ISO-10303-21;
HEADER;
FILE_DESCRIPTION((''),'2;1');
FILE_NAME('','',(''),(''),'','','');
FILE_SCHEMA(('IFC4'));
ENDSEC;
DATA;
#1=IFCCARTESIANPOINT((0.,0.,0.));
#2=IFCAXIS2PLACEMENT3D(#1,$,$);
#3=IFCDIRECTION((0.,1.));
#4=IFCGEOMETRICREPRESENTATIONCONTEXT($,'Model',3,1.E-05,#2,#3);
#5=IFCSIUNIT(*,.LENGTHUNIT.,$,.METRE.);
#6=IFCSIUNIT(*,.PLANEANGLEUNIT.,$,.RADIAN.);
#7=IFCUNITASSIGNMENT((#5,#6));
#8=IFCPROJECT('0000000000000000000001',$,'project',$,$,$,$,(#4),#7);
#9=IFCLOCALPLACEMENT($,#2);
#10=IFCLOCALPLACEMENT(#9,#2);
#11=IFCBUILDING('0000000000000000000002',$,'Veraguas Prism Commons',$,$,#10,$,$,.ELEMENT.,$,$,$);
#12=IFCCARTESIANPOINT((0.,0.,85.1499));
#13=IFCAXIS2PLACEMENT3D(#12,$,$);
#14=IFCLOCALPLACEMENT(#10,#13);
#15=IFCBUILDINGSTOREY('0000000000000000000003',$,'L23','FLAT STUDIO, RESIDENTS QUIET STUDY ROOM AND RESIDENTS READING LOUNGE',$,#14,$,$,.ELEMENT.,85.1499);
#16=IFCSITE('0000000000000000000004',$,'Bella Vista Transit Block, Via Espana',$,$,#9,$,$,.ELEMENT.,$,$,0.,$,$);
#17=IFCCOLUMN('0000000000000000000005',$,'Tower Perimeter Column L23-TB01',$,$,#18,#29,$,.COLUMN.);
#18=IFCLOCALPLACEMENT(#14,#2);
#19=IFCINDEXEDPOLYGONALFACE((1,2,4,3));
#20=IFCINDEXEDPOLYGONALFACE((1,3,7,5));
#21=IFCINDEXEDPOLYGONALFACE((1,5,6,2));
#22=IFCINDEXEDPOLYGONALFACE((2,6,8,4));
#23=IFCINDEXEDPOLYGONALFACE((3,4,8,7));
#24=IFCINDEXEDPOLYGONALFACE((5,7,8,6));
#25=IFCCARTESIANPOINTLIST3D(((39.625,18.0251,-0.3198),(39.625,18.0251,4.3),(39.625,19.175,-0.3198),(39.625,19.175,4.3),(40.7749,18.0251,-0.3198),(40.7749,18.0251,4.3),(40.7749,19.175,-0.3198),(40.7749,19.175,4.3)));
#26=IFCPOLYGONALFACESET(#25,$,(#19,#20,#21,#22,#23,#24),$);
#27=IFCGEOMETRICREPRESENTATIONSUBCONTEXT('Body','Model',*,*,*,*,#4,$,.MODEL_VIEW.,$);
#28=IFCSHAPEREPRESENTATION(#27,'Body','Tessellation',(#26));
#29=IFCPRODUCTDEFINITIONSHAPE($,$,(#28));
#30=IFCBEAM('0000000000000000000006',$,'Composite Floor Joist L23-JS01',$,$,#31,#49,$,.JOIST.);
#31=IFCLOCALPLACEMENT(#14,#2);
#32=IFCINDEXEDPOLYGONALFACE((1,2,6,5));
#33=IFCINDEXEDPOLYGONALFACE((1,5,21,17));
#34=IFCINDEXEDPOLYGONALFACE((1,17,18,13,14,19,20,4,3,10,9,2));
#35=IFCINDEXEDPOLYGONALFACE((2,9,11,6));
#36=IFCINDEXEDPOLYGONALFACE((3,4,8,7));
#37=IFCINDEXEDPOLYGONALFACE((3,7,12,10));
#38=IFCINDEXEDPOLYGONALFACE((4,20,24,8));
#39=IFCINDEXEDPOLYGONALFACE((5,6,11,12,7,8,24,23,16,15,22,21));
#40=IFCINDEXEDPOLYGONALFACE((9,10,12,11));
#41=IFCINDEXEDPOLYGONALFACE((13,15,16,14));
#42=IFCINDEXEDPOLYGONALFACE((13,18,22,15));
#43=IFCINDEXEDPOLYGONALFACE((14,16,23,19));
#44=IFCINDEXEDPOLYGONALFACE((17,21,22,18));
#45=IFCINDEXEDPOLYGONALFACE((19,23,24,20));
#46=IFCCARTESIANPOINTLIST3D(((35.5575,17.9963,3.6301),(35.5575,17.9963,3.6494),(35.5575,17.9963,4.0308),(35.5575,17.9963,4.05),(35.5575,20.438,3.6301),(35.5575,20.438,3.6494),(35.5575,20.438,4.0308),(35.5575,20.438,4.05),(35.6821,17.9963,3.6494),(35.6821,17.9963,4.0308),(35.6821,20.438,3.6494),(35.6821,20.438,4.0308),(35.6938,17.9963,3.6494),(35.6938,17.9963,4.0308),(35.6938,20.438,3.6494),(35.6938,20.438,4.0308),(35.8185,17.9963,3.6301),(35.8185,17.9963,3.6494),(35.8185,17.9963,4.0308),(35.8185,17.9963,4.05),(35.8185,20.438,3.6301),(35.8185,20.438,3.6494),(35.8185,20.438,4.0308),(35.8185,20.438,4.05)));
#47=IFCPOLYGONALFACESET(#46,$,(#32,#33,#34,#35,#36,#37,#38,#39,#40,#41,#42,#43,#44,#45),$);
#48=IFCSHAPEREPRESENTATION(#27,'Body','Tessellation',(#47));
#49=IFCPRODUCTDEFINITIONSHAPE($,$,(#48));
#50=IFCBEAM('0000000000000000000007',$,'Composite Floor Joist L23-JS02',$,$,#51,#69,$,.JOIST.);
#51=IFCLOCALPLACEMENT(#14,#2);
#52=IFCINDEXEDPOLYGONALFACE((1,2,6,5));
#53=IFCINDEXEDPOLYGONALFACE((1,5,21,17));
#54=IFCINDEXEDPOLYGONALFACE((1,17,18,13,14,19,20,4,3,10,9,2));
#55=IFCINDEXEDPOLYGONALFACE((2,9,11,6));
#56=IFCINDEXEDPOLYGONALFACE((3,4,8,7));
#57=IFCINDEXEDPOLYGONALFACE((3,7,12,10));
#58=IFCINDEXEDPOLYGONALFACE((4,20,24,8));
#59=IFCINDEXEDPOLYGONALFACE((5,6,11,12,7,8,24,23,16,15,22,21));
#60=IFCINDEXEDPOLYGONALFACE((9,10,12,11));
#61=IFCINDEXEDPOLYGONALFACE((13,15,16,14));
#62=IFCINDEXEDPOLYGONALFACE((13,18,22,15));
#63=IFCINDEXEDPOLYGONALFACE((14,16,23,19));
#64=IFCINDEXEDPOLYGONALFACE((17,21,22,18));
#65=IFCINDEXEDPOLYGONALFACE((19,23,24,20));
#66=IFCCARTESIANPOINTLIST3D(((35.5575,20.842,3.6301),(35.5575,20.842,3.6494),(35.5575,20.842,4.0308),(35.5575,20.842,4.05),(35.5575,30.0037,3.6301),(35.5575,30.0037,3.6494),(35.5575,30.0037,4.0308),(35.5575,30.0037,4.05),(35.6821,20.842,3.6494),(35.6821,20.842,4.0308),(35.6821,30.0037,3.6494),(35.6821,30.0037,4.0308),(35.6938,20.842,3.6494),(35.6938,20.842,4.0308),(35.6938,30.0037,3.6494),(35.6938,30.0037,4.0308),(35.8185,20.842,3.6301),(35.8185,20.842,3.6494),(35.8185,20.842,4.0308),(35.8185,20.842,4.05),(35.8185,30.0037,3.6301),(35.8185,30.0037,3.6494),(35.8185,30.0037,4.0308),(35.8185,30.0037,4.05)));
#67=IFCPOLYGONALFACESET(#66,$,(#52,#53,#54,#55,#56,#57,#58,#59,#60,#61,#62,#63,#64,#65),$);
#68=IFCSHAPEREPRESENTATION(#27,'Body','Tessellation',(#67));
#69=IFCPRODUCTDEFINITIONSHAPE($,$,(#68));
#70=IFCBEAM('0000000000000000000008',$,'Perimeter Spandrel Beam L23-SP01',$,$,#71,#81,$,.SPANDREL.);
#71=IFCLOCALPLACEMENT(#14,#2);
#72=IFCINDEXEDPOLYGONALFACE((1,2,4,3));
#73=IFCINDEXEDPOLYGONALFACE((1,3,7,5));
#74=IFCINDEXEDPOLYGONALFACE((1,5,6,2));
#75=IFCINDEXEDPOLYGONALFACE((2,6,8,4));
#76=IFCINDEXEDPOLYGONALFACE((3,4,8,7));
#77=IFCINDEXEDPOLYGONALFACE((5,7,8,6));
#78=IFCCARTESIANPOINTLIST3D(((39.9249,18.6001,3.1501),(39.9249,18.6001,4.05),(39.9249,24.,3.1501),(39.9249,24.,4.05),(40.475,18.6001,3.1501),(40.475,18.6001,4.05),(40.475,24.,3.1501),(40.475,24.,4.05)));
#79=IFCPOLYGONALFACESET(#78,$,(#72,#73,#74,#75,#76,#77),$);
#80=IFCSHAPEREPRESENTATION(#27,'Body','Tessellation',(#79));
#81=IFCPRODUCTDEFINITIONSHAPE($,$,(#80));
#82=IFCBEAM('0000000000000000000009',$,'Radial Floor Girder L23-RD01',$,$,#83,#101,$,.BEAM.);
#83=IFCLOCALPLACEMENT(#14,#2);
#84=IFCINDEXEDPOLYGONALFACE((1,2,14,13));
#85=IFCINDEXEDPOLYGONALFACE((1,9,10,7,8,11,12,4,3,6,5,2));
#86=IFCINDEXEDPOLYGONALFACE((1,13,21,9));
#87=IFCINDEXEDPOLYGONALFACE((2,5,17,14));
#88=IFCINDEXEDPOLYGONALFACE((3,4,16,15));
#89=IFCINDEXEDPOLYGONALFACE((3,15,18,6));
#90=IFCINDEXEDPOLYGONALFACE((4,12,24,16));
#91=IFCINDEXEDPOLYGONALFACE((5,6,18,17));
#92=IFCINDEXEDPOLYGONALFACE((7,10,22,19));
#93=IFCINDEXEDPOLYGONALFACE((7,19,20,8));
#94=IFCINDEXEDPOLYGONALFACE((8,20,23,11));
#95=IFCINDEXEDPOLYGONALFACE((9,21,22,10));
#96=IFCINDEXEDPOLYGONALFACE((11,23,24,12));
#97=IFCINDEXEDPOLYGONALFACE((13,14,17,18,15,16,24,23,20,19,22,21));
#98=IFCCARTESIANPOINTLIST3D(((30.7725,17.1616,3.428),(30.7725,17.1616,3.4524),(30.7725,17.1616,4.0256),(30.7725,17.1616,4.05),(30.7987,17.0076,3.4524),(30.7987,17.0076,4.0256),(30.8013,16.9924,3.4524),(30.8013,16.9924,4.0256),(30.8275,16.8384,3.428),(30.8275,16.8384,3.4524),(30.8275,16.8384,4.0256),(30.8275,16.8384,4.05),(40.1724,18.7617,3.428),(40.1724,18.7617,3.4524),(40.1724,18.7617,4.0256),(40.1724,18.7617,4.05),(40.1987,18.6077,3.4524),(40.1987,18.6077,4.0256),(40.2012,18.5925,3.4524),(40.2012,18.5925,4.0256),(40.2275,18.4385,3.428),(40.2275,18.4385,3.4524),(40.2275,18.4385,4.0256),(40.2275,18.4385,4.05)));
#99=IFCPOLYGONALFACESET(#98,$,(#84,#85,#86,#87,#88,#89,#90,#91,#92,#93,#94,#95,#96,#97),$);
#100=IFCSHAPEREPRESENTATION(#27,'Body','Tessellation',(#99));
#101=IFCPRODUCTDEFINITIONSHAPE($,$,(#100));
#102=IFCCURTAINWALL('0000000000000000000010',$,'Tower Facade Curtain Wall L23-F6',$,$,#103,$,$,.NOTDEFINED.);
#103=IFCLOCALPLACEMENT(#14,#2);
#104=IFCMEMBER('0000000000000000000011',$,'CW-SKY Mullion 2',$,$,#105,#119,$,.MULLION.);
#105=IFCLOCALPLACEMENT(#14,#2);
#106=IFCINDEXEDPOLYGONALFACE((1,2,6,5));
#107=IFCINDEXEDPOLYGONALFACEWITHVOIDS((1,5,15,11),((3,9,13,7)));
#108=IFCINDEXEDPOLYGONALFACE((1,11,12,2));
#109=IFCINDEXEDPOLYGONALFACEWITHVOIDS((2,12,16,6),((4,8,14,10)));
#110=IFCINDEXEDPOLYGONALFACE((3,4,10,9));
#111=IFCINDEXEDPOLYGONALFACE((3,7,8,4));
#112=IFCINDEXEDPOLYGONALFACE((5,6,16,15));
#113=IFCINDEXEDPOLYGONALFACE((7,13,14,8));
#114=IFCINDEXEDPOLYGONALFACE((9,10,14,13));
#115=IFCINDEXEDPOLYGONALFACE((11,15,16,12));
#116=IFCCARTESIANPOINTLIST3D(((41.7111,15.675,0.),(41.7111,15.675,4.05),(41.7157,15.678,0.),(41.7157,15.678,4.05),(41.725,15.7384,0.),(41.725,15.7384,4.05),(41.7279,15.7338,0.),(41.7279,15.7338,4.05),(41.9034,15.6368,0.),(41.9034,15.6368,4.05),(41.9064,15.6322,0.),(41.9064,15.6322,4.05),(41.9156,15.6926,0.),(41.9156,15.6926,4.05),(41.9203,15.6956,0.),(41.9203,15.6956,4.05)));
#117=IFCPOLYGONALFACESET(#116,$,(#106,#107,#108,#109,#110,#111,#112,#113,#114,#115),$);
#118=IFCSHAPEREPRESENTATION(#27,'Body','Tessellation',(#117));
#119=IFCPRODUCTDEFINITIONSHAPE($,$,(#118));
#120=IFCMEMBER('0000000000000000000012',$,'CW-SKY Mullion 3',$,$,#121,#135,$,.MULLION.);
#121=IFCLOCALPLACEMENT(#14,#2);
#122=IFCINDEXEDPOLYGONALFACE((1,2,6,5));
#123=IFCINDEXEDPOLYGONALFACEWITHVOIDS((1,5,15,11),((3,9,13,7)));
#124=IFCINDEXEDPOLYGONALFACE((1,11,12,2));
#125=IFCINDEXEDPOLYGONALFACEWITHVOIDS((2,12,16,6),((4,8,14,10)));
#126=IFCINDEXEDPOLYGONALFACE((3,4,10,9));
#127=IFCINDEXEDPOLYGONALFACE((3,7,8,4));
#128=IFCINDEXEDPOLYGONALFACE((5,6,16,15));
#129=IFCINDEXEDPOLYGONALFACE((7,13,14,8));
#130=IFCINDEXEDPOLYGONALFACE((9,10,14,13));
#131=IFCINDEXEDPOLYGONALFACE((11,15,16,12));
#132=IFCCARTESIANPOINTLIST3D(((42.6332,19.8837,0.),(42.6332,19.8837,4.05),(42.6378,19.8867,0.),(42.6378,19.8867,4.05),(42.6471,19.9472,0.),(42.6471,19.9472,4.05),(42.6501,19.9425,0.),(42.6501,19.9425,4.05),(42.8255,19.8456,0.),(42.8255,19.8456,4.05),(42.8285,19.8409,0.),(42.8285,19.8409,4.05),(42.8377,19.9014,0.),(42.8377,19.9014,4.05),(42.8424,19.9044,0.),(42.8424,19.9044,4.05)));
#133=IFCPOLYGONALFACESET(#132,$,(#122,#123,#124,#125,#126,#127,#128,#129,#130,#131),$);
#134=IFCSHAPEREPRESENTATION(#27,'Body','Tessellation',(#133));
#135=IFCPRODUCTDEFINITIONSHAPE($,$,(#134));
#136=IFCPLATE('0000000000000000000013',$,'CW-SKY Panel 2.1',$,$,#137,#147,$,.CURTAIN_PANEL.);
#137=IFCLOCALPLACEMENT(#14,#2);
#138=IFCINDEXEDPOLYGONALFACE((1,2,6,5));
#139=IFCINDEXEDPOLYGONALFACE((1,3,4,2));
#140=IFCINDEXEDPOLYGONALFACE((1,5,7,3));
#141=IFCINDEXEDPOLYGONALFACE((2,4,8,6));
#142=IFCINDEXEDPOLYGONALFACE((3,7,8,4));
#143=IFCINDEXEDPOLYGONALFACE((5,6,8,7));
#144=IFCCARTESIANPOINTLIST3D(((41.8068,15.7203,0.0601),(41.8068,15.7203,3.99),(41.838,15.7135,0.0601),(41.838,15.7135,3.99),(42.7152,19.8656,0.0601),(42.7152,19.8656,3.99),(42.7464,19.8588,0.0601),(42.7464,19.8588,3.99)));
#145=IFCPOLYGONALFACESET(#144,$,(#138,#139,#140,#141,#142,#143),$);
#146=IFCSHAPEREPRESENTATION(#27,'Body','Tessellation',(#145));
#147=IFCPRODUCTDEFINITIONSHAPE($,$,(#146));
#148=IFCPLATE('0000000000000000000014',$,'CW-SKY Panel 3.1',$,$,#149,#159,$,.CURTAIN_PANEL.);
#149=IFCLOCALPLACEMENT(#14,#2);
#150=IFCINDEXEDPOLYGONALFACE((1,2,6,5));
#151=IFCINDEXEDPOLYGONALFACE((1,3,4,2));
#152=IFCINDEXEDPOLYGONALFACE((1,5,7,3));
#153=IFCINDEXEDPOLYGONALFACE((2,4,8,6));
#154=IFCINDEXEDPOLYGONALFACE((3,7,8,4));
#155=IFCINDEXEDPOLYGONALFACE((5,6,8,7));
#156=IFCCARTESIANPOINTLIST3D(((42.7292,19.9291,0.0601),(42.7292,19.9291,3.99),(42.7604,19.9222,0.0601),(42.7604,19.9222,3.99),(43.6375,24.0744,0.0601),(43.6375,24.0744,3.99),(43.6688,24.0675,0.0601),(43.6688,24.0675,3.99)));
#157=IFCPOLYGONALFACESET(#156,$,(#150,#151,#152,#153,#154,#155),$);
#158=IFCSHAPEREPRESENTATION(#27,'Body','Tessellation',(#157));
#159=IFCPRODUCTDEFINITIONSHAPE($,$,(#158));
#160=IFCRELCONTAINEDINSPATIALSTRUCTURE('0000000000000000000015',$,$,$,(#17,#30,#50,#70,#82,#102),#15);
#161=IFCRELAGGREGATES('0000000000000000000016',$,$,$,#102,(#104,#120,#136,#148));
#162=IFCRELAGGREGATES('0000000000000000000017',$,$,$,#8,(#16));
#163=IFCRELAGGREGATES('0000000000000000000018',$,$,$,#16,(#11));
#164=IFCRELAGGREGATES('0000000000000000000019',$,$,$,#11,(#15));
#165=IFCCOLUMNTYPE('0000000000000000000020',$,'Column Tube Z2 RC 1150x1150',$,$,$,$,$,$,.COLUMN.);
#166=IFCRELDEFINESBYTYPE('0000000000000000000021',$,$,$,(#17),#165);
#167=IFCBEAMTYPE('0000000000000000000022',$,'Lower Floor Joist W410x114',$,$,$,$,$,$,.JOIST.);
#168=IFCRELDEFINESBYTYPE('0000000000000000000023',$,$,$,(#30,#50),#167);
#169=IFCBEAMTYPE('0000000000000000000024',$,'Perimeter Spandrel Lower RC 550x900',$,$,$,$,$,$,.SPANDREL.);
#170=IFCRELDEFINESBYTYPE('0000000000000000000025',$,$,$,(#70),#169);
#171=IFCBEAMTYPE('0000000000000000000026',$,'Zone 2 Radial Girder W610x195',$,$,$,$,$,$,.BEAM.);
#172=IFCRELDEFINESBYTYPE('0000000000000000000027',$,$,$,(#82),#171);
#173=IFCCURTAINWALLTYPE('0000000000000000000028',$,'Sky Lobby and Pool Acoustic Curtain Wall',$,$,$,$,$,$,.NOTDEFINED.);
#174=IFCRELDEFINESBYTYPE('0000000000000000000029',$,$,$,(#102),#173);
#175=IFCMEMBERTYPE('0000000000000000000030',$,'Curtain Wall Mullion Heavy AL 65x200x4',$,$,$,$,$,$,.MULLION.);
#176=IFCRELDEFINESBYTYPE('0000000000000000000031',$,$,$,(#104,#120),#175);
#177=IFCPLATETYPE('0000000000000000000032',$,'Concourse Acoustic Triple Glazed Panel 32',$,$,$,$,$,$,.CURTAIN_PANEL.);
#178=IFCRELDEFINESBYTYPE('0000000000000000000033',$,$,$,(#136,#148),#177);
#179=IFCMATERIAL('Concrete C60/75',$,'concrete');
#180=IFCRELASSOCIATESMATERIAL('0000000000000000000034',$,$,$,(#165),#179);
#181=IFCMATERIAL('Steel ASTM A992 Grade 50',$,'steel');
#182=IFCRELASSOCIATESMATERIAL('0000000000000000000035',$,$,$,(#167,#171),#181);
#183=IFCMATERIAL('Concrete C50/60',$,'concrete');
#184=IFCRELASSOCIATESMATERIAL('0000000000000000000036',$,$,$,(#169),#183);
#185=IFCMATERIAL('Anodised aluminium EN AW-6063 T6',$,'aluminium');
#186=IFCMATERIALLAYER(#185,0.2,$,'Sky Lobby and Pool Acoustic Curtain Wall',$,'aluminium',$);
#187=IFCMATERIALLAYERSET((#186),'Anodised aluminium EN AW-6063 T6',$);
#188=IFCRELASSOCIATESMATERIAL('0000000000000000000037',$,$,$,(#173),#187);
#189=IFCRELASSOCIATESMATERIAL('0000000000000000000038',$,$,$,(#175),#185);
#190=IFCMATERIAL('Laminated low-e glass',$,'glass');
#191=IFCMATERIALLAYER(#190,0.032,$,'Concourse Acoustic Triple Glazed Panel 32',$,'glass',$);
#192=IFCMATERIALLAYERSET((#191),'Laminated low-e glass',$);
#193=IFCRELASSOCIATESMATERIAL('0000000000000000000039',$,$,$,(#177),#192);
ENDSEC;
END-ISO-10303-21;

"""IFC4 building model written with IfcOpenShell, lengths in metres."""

from ifc_helpers import new_model, si_unit, direction, frame, origin, origin_2d, place, context, subcontext, project, spatial, rectangle, hollow_rectangle, i_section, extrude, source, transform, mapped, material, layer, layer_set, material_profile, profile_set, type_object, element, aggregate, save


model = new_model("IFC4")

# Units and contexts
model_context = context("Model", 3, precision=1e-05, world=origin(), true_north=direction((0.0, 1.0)))
body_context = subcontext(model_context, "Body", "Model", "MODEL_VIEW")
ifc_project = project(units=[si_unit("LENGTHUNIT", "METRE"), si_unit("PLANEANGLEUNIT", "RADIAN")], contexts=[model_context])

# Site, building, storey
site_placement = place(None, origin())
site = spatial("IfcSite", under=ifc_project, at=site_placement, Name="Bella Vista Transit Block, Via Espana", CompositionType="ELEMENT", RefElevation=0.0)
building_placement = place(site_placement, origin())
building = spatial("IfcBuilding", under=site, at=building_placement, Name="Veraguas Prism Commons", CompositionType="ELEMENT")
storey_placement = place(building_placement, frame((0.0, 0.0, 85.1499)))
storey = spatial("IfcBuildingStorey", under=building, at=storey_placement, Name="L23", Description="FLAT STUDIO, RESIDENTS QUIET STUDY ROOM AND RESIDENTS READING LOUNGE", CompositionType="ELEMENT", Elevation=85.1499)

# Column
ifc_material_1 = material(Name="Concrete C60/75", Category="concrete")
ifc_material_profile_1 = material_profile(ifc_material_1, rectangle(XDim=1.1499, YDim=1.1499, at=origin_2d()), Name="RC1150X1150")
ifc_profile_set_1 = profile_set([ifc_material_profile_1], Name="Concrete C60/75")
column_type = type_object("IfcColumnType", Name="Column Tube Z2 RC 1150x1150", PredefinedType="COLUMN", material=ifc_profile_set_1)
column_placement = place(storey_placement, frame((40.2, 18.6001, -0.3198), z_axis=(0.0, 0.0, 1.0), x_axis=(1.0, 0.0, 0.0)))
element("IfcColumn", 1, at=column_placement, inside=storey, type_object=column_type, Name="Tower Perimeter Column L23-TB01", PredefinedType="COLUMN", context=body_context, shape_type="SweptSolid", body=[
    extrude(rectangle(XDim=1.1499, YDim=1.1499, at=origin_2d()), origin(), (0.0, 0.0, 1.0), 4.6199),
])

# Beams
ifc_material_2 = material(Name="Steel ASTM A992 Grade 50", Category="steel")
ifc_material_profile_2 = material_profile(ifc_material_2, i_section(OverallWidth=0.261, OverallDepth=0.4199, WebThickness=0.0117, FlangeThickness=0.0193, at=origin_2d()), Name="W410X114")
ifc_profile_set_2 = profile_set([ifc_material_profile_2], Name="Steel ASTM A992 Grade 50")
beam_type_1 = type_object("IfcBeamType", Name="Lower Floor Joist W410x114", PredefinedType="JOIST", material=ifc_profile_set_2)
beam_1_placement = place(storey_placement, frame((35.688, 17.9963, 3.8401), z_axis=(0.0, 1.0, 0.0), x_axis=(-1.0, 0.0, 0.0)))
element("IfcBeam", 2, at=beam_1_placement, inside=storey, type_object=beam_type_1, Name="Composite Floor Joist L23-JS01", PredefinedType="JOIST", context=body_context, shape_type="SweptSolid", body=[
    extrude(i_section(OverallWidth=0.261, OverallDepth=0.4199, WebThickness=0.0117, FlangeThickness=0.0193, at=origin_2d()), origin(), (0.0, 0.0, 1.0), 2.4417),
])
beam_2_placement = place(storey_placement, frame((35.688, 20.842, 3.8401), z_axis=(0.0, 1.0, 0.0), x_axis=(-1.0, 0.0, 0.0)))
element("IfcBeam", 3, at=beam_2_placement, inside=storey, type_object=beam_type_1, Name="Composite Floor Joist L23-JS02", PredefinedType="JOIST", context=body_context, shape_type="SweptSolid", body=[
    extrude(i_section(OverallWidth=0.261, OverallDepth=0.4199, WebThickness=0.0117, FlangeThickness=0.0193, at=origin_2d()), origin(), (0.0, 0.0, 1.0), 9.1616),
])
ifc_material_3 = material(Name="Concrete C50/60", Category="concrete")
ifc_material_profile_3 = material_profile(ifc_material_3, rectangle(XDim=0.55, YDim=0.8999, at=origin_2d()), Name="RC550X900")
ifc_profile_set_3 = profile_set([ifc_material_profile_3], Name="Concrete C50/60")
beam_type_2 = type_object("IfcBeamType", Name="Perimeter Spandrel Lower RC 550x900", PredefinedType="SPANDREL", material=ifc_profile_set_3)
beam_3_placement = place(storey_placement, frame((40.2, 18.6001, 3.6001), z_axis=(0.0, 1.0, 0.0), x_axis=(-1.0, 0.0, 0.0)))
element("IfcBeam", 4, at=beam_3_placement, inside=storey, type_object=beam_type_2, Name="Perimeter Spandrel Beam L23-SP01", PredefinedType="SPANDREL", context=body_context, shape_type="SweptSolid", body=[
    extrude(rectangle(XDim=0.55, YDim=0.8999, at=origin_2d()), origin(), (0.0, 0.0, 1.0), 5.3999),
])
ifc_material_profile_4 = material_profile(ifc_material_2, i_section(OverallWidth=0.3279, OverallDepth=0.6221, WebThickness=0.0154, FlangeThickness=0.0244, at=origin_2d()), Name="W610X195")
ifc_profile_set_4 = profile_set([ifc_material_profile_4], Name="Steel ASTM A992 Grade 50")
beam_type_3 = type_object("IfcBeamType", Name="Zone 2 Radial Girder W610x195", PredefinedType="BEAM", material=ifc_profile_set_4)
beam_4_placement = place(storey_placement, frame((40.2, 18.6001, 3.739), z_axis=(-0.985819, -0.167811, 0.0), x_axis=(0.167811, -0.985819, 0.0)))
element("IfcBeam", 5, at=beam_4_placement, inside=storey, type_object=beam_type_3, Name="Radial Floor Girder L23-RD01", PredefinedType="BEAM", context=body_context, shape_type="SweptSolid", body=[
    extrude(i_section(OverallWidth=0.3279, OverallDepth=0.6221, WebThickness=0.0154, FlangeThickness=0.0244, at=origin_2d()), origin(), (0.0, 0.0, 1.0), 9.5352),
])

# Curtain wall, members, plates
ifc_material_4 = material(Name="Anodised aluminium EN AW-6063 T6", Category="aluminium")
ifc_layer_1 = layer(ifc_material_4, 0.2, Name="Sky Lobby and Pool Acoustic Curtain Wall", Category="aluminium")
ifc_layer_set_1 = layer_set([ifc_layer_1], Name="Anodised aluminium EN AW-6063 T6")
curtain_wall_type = type_object("IfcCurtainWallType", Name="Sky Lobby and Pool Acoustic Curtain Wall", PredefinedType="NOTDEFINED", material=ifc_layer_set_1)
curtain_wall_placement = place(storey_placement, origin())
curtain_wall = element("IfcCurtainWall", 6, at=curtain_wall_placement, inside=storey, type_object=curtain_wall_type, Name="Tower Facade Curtain Wall L23-F6", PredefinedType="NOTDEFINED")
ifc_material_profile_5 = material_profile(ifc_material_4, hollow_rectangle(XDim=0.0649, YDim=0.2, WallThickness=0.0039, at=origin_2d()), Name="AL65X200X4")
ifc_profile_set_5 = profile_set([ifc_material_profile_5], Name="Anodised aluminium EN AW-6063 T6")
member_type = type_object("IfcMemberType", Name="Curtain Wall Mullion Heavy AL 65x200x4", PredefinedType="MULLION", material=ifc_profile_set_5)
shared_shape_1 = source(origin(), body_context, "Body", "SweptSolid", [
    extrude(hollow_rectangle(XDim=0.0649, YDim=0.2, WallThickness=0.0039, at=origin_2d()), origin(), (0.0, 0.0, 1.0), 4.05),
])
member_1_placement = place(storey_placement, frame((41.8157, 15.6853, 0.0), z_axis=(0.0, 0.0, 1.0), x_axis=(0.214055, 0.976822, 0.0)))
member_1 = element("IfcMember", 7, at=member_1_placement, type_object=member_type, Name="CW-SKY Mullion 2", PredefinedType="MULLION", context=body_context, shape_type="MappedRepresentation", body=[
    mapped(shared_shape_1, transform((0.0, 0.0, 0.0), scale=1.0)),
])
member_2_placement = place(storey_placement, frame((42.7378, 19.894, 0.0), z_axis=(0.0, 0.0, 1.0), x_axis=(0.214055, 0.976822, 0.0)))
member_2 = element("IfcMember", 8, at=member_2_placement, type_object=member_type, Name="CW-SKY Mullion 3", PredefinedType="MULLION", context=body_context, shape_type="MappedRepresentation", body=[
    mapped(shared_shape_1, transform((0.0, 0.0, 0.0), scale=1.0)),
])
ifc_material_5 = material(Name="Laminated low-e glass", Category="glass")
ifc_layer_2 = layer(ifc_material_5, 0.032, Name="Concourse Acoustic Triple Glazed Panel 32", Category="glass")
ifc_layer_set_2 = layer_set([ifc_layer_2], Name="Laminated low-e glass")
plate_type = type_object("IfcPlateType", Name="Concourse Acoustic Triple Glazed Panel 32", PredefinedType="CURTAIN_PANEL", material=ifc_layer_set_2)
shared_shape_2 = source(origin(), body_context, "Body", "SweptSolid", [
    extrude(rectangle(XDim=4.2437, YDim=0.032, at=origin_2d()), origin(), (0.0, 0.0, 1.0), 3.9299),
])
plate_1_placement = place(storey_placement, frame((42.2766, 17.7896, 0.0601), z_axis=(0.0, 0.0, 1.0), x_axis=(0.214055, 0.976822, 0.0)))
plate_1 = element("IfcPlate", 9, at=plate_1_placement, type_object=plate_type, Name="CW-SKY Panel 2.1", PredefinedType="CURTAIN_PANEL", context=body_context, shape_type="MappedRepresentation", body=[
    mapped(shared_shape_2, transform((0.0, 0.0, 0.0), scale=1.0)),
])
plate_2_placement = place(storey_placement, frame((43.199, 21.9983, 0.0601), z_axis=(0.0, 0.0, 1.0), x_axis=(0.214055, 0.976822, 0.0)))
plate_2 = element("IfcPlate", 10, at=plate_2_placement, type_object=plate_type, Name="CW-SKY Panel 3.1", PredefinedType="CURTAIN_PANEL", context=body_context, shape_type="MappedRepresentation", body=[
    mapped(shared_shape_2, transform((0.0, 0.0, 0.0), scale=1.0)),
])
aggregate(curtain_wall, [member_1, member_2, plate_1, plate_2])

save(model, "model.ifc")
